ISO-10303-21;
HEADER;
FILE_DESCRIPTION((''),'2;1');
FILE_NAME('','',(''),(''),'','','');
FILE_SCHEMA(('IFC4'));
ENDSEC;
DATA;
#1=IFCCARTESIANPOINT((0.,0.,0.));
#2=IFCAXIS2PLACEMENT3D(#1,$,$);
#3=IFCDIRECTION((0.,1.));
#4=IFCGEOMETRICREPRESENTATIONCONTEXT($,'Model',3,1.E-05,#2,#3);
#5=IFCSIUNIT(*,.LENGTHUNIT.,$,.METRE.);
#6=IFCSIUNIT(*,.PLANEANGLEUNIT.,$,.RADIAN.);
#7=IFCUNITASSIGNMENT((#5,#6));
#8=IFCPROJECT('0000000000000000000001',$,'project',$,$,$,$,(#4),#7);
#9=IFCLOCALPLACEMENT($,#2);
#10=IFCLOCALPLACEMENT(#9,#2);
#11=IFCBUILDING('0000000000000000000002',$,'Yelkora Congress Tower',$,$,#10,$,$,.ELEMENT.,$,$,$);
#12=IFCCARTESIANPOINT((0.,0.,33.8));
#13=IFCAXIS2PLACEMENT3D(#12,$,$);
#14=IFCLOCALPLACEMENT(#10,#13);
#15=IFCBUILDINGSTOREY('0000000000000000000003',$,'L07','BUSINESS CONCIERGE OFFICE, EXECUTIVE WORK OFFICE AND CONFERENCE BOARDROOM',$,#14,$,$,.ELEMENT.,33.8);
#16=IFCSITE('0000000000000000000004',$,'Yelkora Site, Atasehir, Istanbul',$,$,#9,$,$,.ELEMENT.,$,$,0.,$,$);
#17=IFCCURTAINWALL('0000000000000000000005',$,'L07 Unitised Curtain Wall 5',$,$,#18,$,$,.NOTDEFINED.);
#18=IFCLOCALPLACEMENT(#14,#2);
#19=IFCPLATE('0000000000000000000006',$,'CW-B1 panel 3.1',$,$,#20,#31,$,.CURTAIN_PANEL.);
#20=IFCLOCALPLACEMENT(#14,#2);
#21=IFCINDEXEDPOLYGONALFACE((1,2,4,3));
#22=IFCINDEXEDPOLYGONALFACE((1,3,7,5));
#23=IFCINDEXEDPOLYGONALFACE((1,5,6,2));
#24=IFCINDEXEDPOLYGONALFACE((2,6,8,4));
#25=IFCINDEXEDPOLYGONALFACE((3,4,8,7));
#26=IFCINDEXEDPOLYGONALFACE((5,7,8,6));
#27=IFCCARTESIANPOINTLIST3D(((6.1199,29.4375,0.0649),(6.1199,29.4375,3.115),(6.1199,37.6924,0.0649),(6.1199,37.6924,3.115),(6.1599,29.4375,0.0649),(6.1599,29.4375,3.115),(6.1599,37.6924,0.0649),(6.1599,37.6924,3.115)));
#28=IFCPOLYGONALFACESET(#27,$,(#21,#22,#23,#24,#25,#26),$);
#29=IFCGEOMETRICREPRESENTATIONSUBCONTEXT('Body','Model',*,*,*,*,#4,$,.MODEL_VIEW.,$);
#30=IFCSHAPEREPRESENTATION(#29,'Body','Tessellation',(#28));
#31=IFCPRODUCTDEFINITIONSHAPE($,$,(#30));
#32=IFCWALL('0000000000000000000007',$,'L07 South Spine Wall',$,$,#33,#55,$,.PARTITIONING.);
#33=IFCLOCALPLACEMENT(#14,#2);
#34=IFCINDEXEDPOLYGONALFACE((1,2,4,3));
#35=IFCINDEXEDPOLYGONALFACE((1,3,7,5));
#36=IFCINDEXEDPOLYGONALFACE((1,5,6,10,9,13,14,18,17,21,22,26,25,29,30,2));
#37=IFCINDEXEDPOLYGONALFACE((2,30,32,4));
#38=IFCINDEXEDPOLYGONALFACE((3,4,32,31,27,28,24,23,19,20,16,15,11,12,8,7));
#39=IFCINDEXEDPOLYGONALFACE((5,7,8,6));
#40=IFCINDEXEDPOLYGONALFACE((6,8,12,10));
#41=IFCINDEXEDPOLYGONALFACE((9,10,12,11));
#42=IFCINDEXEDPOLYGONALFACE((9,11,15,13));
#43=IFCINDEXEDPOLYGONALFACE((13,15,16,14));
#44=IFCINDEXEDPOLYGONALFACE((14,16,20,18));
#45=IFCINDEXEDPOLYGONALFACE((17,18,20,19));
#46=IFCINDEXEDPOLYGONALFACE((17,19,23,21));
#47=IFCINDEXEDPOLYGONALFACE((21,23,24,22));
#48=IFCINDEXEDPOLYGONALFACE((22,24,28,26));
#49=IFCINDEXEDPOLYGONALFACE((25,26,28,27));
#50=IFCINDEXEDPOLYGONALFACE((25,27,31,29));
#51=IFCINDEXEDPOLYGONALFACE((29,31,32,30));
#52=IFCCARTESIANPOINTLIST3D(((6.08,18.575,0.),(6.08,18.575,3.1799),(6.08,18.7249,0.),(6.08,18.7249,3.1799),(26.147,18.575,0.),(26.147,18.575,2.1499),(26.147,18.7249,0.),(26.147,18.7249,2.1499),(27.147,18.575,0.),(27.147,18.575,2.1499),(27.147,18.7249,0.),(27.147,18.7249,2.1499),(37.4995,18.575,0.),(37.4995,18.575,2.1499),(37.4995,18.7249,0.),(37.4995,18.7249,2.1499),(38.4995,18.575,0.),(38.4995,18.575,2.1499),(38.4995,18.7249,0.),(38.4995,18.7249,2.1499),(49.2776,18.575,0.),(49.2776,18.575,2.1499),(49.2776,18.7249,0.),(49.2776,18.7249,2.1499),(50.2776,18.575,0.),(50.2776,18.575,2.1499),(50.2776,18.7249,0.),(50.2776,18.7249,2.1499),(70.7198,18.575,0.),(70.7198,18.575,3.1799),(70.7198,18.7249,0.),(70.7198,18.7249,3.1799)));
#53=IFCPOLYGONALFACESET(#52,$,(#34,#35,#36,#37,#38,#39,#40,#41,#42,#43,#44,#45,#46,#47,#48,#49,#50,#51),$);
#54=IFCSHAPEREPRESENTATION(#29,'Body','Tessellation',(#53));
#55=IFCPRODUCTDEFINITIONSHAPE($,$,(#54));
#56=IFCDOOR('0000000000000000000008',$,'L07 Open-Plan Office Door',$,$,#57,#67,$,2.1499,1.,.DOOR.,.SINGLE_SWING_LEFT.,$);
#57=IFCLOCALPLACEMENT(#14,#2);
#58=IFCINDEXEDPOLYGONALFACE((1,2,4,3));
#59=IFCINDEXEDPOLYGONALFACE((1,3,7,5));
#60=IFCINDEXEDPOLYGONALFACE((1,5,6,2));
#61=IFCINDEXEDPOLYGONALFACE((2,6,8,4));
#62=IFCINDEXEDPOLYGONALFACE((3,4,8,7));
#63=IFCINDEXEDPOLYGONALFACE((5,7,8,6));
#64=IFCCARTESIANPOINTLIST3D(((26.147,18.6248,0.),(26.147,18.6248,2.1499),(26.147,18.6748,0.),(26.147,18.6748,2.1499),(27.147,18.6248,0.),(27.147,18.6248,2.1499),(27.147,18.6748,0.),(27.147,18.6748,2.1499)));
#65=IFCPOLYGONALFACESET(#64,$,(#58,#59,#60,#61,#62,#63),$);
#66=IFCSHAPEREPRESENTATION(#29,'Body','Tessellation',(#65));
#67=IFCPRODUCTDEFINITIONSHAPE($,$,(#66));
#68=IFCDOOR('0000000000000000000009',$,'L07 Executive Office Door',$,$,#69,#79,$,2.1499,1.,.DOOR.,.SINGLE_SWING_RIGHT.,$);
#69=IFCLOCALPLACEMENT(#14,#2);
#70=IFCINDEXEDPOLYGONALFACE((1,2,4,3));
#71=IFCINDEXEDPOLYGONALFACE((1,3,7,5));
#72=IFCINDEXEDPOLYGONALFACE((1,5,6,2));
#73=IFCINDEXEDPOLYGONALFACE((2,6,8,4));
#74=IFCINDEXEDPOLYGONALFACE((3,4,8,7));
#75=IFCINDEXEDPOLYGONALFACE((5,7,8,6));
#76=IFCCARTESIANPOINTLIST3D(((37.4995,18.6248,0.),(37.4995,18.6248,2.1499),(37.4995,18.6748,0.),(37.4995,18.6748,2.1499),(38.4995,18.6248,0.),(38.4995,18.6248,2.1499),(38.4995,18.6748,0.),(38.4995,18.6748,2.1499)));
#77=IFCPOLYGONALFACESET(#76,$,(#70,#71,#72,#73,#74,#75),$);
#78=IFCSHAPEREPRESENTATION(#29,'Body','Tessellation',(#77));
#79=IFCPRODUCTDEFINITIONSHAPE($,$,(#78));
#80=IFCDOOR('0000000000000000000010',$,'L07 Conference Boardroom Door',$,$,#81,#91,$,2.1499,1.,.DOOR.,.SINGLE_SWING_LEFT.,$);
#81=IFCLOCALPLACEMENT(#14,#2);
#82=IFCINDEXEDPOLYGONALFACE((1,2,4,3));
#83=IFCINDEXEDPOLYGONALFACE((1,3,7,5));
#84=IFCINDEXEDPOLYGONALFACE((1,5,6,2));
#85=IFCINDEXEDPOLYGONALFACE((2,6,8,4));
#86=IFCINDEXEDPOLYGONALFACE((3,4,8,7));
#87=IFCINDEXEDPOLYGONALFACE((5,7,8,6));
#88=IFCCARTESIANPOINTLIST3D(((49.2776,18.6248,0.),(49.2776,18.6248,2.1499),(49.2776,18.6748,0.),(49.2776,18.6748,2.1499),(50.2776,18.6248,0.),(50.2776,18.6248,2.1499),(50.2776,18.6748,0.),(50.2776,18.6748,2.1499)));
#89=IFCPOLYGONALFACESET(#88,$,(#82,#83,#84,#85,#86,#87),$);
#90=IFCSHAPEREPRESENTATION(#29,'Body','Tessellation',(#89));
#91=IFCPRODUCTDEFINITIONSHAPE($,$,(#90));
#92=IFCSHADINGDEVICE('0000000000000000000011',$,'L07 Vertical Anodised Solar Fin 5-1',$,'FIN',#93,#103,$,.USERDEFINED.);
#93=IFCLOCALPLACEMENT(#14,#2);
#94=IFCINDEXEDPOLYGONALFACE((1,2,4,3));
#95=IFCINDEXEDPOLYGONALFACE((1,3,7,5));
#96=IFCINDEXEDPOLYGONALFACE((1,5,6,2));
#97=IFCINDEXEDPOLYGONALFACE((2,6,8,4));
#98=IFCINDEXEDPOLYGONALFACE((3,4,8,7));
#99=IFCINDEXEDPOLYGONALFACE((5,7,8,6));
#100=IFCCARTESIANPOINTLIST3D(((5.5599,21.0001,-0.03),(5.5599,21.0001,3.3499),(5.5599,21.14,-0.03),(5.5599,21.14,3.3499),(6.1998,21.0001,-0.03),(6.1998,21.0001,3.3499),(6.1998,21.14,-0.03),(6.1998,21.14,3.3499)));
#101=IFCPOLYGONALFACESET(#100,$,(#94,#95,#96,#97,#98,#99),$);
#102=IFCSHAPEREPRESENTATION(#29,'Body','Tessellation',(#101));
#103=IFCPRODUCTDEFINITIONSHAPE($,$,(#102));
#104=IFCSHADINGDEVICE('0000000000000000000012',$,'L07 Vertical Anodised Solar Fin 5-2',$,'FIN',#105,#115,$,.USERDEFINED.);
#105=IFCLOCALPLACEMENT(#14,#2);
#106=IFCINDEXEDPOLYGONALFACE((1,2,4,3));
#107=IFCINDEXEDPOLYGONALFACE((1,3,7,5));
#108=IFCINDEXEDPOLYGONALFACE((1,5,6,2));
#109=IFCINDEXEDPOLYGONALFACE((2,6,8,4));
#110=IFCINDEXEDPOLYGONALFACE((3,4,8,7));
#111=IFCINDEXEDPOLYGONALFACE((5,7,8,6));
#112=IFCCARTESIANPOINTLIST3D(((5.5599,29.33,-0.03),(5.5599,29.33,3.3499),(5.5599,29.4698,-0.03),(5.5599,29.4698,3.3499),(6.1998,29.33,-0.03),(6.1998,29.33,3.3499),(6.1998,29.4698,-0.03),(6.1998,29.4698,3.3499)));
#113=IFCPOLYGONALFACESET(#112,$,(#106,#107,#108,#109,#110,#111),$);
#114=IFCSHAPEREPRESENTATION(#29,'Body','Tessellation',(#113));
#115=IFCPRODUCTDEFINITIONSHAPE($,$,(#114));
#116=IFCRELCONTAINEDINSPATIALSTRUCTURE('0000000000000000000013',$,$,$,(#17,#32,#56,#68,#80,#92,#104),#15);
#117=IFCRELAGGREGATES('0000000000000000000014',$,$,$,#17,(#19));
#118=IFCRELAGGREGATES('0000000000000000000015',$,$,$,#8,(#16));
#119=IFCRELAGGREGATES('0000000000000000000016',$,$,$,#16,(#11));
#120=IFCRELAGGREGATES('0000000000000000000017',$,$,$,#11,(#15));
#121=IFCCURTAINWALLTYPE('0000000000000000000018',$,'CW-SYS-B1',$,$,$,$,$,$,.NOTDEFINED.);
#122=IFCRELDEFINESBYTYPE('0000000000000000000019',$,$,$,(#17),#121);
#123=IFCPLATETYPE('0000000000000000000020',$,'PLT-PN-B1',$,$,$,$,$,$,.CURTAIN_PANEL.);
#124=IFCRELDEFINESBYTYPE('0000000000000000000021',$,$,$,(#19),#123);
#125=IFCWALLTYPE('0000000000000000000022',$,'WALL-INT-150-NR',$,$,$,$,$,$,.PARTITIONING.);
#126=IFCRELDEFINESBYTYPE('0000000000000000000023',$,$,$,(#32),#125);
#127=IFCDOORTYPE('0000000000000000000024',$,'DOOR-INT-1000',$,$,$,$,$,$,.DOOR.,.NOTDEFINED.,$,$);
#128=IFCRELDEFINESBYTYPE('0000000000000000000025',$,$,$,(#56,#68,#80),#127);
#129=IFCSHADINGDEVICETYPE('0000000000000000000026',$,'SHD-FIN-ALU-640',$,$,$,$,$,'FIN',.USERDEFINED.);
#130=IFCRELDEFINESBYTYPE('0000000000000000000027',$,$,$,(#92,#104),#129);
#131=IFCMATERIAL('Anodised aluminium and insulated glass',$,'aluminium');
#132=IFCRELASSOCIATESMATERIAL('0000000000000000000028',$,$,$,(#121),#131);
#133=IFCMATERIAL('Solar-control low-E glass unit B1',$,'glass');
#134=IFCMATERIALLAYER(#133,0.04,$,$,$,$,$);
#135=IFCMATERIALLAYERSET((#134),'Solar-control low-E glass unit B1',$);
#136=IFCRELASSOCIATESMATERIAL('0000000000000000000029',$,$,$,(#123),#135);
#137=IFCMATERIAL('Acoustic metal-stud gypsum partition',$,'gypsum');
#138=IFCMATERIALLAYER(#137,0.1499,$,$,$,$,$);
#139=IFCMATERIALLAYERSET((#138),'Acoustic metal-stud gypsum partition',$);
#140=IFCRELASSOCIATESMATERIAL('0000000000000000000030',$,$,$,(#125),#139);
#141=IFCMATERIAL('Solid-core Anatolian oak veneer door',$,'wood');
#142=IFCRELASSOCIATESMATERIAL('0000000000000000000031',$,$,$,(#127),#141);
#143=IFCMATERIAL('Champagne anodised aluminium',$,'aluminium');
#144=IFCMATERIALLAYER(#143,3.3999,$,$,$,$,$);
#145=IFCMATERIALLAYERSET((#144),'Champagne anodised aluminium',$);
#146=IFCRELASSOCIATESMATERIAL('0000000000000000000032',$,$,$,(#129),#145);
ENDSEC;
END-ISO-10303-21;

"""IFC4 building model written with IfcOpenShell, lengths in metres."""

from ifc_helpers import new_model, si_unit, direction, frame, frame_2d, origin, origin_2d, place, context, subcontext, project, spatial, rectangle, extrude, material, layer, layer_set, type_object, element, fill, aggregate, save


model = new_model("IFC4")

# Units and contexts
model_context = context("Model", 3, precision=1e-05, world=origin(), true_north=direction((0.0, 1.0)))
body_context = subcontext(model_context, "Body", "Model", "MODEL_VIEW")
ifc_project = project(units=[si_unit("LENGTHUNIT", "METRE"), si_unit("PLANEANGLEUNIT", "RADIAN")], contexts=[model_context])

# Site, building, storey
site_placement = place(None, origin())
site = spatial("IfcSite", under=ifc_project, at=site_placement, Name="Yelkora Site, Atasehir, Istanbul", CompositionType="ELEMENT", RefElevation=0.0)
building_placement = place(site_placement, origin())
building = spatial("IfcBuilding", under=site, at=building_placement, Name="Yelkora Congress Tower", CompositionType="ELEMENT")
storey_placement = place(building_placement, frame((0.0, 0.0, 33.8)))
storey = spatial("IfcBuildingStorey", under=building, at=storey_placement, Name="L07", Description="BUSINESS CONCIERGE OFFICE, EXECUTIVE WORK OFFICE AND CONFERENCE BOARDROOM", CompositionType="ELEMENT", Elevation=33.8)

# Curtain wall, plate
ifc_material_1 = material(Name="Anodised aluminium and insulated glass", Category="aluminium")
curtain_wall_type = type_object("IfcCurtainWallType", Name="CW-SYS-B1", PredefinedType="NOTDEFINED", material=ifc_material_1)
curtain_wall_placement = place(storey_placement, origin())
curtain_wall = element("IfcCurtainWall", 1, at=curtain_wall_placement, inside=storey, type_object=curtain_wall_type, Name="L07 Unitised Curtain Wall 5", PredefinedType="NOTDEFINED")
ifc_material_2 = material(Name="Solar-control low-E glass unit B1", Category="glass")
ifc_layer_1 = layer(ifc_material_2, 0.04)
ifc_layer_set_1 = layer_set([ifc_layer_1], Name="Solar-control low-E glass unit B1")
plate_type = type_object("IfcPlateType", Name="PLT-PN-B1", PredefinedType="CURTAIN_PANEL", material=ifc_layer_set_1)
plate_1_placement = place(storey_placement, frame((6.1399, 33.5649, 0.0649), z_axis=(0.0, 0.0, 1.0), x_axis=(0.0, 1.0, 0.0)))
plate_1 = element("IfcPlate", 2, at=plate_1_placement, type_object=plate_type, Name="CW-B1 panel 3.1", PredefinedType="CURTAIN_PANEL", context=body_context, shape_type="SweptSolid", body=[
    extrude(rectangle(XDim=8.2549, YDim=0.04, at=origin_2d()), origin(), (0.0, 0.0, 1.0), 3.05),
])
aggregate(curtain_wall, [plate_1])

# Wall, openings, doors
ifc_material_3 = material(Name="Acoustic metal-stud gypsum partition", Category="gypsum")
ifc_layer_2 = layer(ifc_material_3, 0.1499)
ifc_layer_set_2 = layer_set([ifc_layer_2], Name="Acoustic metal-stud gypsum partition")
wall_type = type_object("IfcWallType", Name="WALL-INT-150-NR", PredefinedType="PARTITIONING", material=ifc_layer_set_2)
wall_placement = place(storey_placement, frame((6.0801, 18.6499, 0.0), z_axis=(0.0, 0.0, 1.0), x_axis=(1.0, 0.0, 0.0)))
wall = element("IfcWall", 3, at=wall_placement, inside=storey, type_object=wall_type, Name="L07 South Spine Wall", PredefinedType="PARTITIONING", context=body_context, shape_type="SweptSolid", body=[
    extrude(rectangle(XDim=64.6399, YDim=0.1499, at=frame_2d((32.3198, 0.0))), origin(), (0.0, 0.0, 1.0), 3.1799),
])
opening_1_placement = place(wall_placement, frame((20.0669, 0.0, 0.0)))
opening_1 = element("IfcOpeningElement", 4, at=opening_1_placement, cuts=wall, PredefinedType="OPENING", context=body_context, shape_type="SweptSolid", body=[
    extrude(rectangle(XDim=1.0, YDim=2.1499, at=frame_2d((0.5, 1.075))), frame((0.0, 0.085, 0.0), z_axis=(0.0, -1.0, 0.0), x_axis=(1.0, 0.0, 0.0)), (0.0, 0.0, 1.0), 0.1699),
])
opening_2_placement = place(wall_placement, frame((31.4194, 0.0, 0.0)))
opening_2 = element("IfcOpeningElement", 5, at=opening_2_placement, cuts=wall, PredefinedType="OPENING", context=body_context, shape_type="SweptSolid", body=[
    extrude(rectangle(XDim=1.0, YDim=2.1499, at=frame_2d((0.5, 1.075))), frame((0.0, 0.085, 0.0), z_axis=(0.0, -1.0, 0.0), x_axis=(1.0, 0.0, 0.0)), (0.0, 0.0, 1.0), 0.1699),
])
opening_3_placement = place(wall_placement, frame((43.1975, 0.0, 0.0)))
opening_3 = element("IfcOpeningElement", 6, at=opening_3_placement, cuts=wall, PredefinedType="OPENING", context=body_context, shape_type="SweptSolid", body=[
    extrude(rectangle(XDim=1.0, YDim=2.1499, at=frame_2d((0.5, 1.075))), frame((0.0, 0.085, 0.0), z_axis=(0.0, -1.0, 0.0), x_axis=(1.0, 0.0, 0.0)), (0.0, 0.0, 1.0), 0.1699),
])
ifc_material_4 = material(Name="Solid-core Anatolian oak veneer door", Category="wood")
door_type = type_object("IfcDoorType", Name="DOOR-INT-1000", OperationType="NOTDEFINED", PredefinedType="DOOR", material=ifc_material_4)
door_1_placement = place(opening_1_placement, origin())
door_1 = element("IfcDoor", 7, at=door_1_placement, inside=storey, type_object=door_type, Name="L07 Open-Plan Office Door", OperationType="SINGLE_SWING_LEFT", OverallHeight=2.1499, OverallWidth=1.0, PredefinedType="DOOR", context=body_context, shape_type="SweptSolid", body=[
    extrude(rectangle(XDim=1.0, YDim=2.1499, at=frame_2d((0.5, 1.075))), frame((0.0, 0.0249, 0.0), z_axis=(0.0, -1.0, 0.0), x_axis=(1.0, 0.0, 0.0)), (0.0, 0.0, 1.0), 0.05),
])
fill(opening_1, door_1)
door_2_placement = place(opening_2_placement, origin())
door_2 = element("IfcDoor", 8, at=door_2_placement, inside=storey, type_object=door_type, Name="L07 Executive Office Door", OperationType="SINGLE_SWING_RIGHT", OverallHeight=2.1499, OverallWidth=1.0, PredefinedType="DOOR", context=body_context, shape_type="SweptSolid", body=[
    extrude(rectangle(XDim=1.0, YDim=2.1499, at=frame_2d((0.5, 1.075))), frame((0.0, 0.0249, 0.0), z_axis=(0.0, -1.0, 0.0), x_axis=(1.0, 0.0, 0.0)), (0.0, 0.0, 1.0), 0.05),
])
fill(opening_2, door_2)
door_3_placement = place(opening_3_placement, origin())
door_3 = element("IfcDoor", 9, at=door_3_placement, inside=storey, type_object=door_type, Name="L07 Conference Boardroom Door", OperationType="SINGLE_SWING_LEFT", OverallHeight=2.1499, OverallWidth=1.0, PredefinedType="DOOR", context=body_context, shape_type="SweptSolid", body=[
    extrude(rectangle(XDim=1.0, YDim=2.1499, at=frame_2d((0.5, 1.075))), frame((0.0, 0.0249, 0.0), z_axis=(0.0, -1.0, 0.0), x_axis=(1.0, 0.0, 0.0)), (0.0, 0.0, 1.0), 0.05),
])
fill(opening_3, door_3)

# Shading devices
ifc_material_5 = material(Name="Champagne anodised aluminium", Category="aluminium")
ifc_layer_3 = layer(ifc_material_5, 3.3999)
ifc_layer_set_3 = layer_set([ifc_layer_3], Name="Champagne anodised aluminium")
shading_device_type = type_object("IfcShadingDeviceType", Name="SHD-FIN-ALU-640", ElementType="FIN", PredefinedType="USERDEFINED", material=ifc_layer_set_3)
for number, where, z_axis, x_axis, name in (
    (10, (5.8799, 21.0701, -0.03), (0.0, 0.0, 1.0), (0.0, 1.0, 0.0), "L07 Vertical Anodised Solar Fin 5-1"),
    (11, (5.8799, 29.3999, -0.03), (0.0, 0.0, 1.0), (0.0, 1.0, 0.0), "L07 Vertical Anodised Solar Fin 5-2"),
):
    element("IfcShadingDevice", number, at=place(storey_placement, frame(where, z_axis=z_axis, x_axis=x_axis)), inside=storey, type_object=shading_device_type, Name=name, ObjectType="FIN", PredefinedType="USERDEFINED", context=body_context, shape_type="SweptSolid", body=[
        extrude(rectangle(XDim=0.1399, YDim=0.6399, at=origin_2d()), origin(), (0.0, 0.0, 1.0), 3.3799),
    ])

save(model, "model.ifc")
